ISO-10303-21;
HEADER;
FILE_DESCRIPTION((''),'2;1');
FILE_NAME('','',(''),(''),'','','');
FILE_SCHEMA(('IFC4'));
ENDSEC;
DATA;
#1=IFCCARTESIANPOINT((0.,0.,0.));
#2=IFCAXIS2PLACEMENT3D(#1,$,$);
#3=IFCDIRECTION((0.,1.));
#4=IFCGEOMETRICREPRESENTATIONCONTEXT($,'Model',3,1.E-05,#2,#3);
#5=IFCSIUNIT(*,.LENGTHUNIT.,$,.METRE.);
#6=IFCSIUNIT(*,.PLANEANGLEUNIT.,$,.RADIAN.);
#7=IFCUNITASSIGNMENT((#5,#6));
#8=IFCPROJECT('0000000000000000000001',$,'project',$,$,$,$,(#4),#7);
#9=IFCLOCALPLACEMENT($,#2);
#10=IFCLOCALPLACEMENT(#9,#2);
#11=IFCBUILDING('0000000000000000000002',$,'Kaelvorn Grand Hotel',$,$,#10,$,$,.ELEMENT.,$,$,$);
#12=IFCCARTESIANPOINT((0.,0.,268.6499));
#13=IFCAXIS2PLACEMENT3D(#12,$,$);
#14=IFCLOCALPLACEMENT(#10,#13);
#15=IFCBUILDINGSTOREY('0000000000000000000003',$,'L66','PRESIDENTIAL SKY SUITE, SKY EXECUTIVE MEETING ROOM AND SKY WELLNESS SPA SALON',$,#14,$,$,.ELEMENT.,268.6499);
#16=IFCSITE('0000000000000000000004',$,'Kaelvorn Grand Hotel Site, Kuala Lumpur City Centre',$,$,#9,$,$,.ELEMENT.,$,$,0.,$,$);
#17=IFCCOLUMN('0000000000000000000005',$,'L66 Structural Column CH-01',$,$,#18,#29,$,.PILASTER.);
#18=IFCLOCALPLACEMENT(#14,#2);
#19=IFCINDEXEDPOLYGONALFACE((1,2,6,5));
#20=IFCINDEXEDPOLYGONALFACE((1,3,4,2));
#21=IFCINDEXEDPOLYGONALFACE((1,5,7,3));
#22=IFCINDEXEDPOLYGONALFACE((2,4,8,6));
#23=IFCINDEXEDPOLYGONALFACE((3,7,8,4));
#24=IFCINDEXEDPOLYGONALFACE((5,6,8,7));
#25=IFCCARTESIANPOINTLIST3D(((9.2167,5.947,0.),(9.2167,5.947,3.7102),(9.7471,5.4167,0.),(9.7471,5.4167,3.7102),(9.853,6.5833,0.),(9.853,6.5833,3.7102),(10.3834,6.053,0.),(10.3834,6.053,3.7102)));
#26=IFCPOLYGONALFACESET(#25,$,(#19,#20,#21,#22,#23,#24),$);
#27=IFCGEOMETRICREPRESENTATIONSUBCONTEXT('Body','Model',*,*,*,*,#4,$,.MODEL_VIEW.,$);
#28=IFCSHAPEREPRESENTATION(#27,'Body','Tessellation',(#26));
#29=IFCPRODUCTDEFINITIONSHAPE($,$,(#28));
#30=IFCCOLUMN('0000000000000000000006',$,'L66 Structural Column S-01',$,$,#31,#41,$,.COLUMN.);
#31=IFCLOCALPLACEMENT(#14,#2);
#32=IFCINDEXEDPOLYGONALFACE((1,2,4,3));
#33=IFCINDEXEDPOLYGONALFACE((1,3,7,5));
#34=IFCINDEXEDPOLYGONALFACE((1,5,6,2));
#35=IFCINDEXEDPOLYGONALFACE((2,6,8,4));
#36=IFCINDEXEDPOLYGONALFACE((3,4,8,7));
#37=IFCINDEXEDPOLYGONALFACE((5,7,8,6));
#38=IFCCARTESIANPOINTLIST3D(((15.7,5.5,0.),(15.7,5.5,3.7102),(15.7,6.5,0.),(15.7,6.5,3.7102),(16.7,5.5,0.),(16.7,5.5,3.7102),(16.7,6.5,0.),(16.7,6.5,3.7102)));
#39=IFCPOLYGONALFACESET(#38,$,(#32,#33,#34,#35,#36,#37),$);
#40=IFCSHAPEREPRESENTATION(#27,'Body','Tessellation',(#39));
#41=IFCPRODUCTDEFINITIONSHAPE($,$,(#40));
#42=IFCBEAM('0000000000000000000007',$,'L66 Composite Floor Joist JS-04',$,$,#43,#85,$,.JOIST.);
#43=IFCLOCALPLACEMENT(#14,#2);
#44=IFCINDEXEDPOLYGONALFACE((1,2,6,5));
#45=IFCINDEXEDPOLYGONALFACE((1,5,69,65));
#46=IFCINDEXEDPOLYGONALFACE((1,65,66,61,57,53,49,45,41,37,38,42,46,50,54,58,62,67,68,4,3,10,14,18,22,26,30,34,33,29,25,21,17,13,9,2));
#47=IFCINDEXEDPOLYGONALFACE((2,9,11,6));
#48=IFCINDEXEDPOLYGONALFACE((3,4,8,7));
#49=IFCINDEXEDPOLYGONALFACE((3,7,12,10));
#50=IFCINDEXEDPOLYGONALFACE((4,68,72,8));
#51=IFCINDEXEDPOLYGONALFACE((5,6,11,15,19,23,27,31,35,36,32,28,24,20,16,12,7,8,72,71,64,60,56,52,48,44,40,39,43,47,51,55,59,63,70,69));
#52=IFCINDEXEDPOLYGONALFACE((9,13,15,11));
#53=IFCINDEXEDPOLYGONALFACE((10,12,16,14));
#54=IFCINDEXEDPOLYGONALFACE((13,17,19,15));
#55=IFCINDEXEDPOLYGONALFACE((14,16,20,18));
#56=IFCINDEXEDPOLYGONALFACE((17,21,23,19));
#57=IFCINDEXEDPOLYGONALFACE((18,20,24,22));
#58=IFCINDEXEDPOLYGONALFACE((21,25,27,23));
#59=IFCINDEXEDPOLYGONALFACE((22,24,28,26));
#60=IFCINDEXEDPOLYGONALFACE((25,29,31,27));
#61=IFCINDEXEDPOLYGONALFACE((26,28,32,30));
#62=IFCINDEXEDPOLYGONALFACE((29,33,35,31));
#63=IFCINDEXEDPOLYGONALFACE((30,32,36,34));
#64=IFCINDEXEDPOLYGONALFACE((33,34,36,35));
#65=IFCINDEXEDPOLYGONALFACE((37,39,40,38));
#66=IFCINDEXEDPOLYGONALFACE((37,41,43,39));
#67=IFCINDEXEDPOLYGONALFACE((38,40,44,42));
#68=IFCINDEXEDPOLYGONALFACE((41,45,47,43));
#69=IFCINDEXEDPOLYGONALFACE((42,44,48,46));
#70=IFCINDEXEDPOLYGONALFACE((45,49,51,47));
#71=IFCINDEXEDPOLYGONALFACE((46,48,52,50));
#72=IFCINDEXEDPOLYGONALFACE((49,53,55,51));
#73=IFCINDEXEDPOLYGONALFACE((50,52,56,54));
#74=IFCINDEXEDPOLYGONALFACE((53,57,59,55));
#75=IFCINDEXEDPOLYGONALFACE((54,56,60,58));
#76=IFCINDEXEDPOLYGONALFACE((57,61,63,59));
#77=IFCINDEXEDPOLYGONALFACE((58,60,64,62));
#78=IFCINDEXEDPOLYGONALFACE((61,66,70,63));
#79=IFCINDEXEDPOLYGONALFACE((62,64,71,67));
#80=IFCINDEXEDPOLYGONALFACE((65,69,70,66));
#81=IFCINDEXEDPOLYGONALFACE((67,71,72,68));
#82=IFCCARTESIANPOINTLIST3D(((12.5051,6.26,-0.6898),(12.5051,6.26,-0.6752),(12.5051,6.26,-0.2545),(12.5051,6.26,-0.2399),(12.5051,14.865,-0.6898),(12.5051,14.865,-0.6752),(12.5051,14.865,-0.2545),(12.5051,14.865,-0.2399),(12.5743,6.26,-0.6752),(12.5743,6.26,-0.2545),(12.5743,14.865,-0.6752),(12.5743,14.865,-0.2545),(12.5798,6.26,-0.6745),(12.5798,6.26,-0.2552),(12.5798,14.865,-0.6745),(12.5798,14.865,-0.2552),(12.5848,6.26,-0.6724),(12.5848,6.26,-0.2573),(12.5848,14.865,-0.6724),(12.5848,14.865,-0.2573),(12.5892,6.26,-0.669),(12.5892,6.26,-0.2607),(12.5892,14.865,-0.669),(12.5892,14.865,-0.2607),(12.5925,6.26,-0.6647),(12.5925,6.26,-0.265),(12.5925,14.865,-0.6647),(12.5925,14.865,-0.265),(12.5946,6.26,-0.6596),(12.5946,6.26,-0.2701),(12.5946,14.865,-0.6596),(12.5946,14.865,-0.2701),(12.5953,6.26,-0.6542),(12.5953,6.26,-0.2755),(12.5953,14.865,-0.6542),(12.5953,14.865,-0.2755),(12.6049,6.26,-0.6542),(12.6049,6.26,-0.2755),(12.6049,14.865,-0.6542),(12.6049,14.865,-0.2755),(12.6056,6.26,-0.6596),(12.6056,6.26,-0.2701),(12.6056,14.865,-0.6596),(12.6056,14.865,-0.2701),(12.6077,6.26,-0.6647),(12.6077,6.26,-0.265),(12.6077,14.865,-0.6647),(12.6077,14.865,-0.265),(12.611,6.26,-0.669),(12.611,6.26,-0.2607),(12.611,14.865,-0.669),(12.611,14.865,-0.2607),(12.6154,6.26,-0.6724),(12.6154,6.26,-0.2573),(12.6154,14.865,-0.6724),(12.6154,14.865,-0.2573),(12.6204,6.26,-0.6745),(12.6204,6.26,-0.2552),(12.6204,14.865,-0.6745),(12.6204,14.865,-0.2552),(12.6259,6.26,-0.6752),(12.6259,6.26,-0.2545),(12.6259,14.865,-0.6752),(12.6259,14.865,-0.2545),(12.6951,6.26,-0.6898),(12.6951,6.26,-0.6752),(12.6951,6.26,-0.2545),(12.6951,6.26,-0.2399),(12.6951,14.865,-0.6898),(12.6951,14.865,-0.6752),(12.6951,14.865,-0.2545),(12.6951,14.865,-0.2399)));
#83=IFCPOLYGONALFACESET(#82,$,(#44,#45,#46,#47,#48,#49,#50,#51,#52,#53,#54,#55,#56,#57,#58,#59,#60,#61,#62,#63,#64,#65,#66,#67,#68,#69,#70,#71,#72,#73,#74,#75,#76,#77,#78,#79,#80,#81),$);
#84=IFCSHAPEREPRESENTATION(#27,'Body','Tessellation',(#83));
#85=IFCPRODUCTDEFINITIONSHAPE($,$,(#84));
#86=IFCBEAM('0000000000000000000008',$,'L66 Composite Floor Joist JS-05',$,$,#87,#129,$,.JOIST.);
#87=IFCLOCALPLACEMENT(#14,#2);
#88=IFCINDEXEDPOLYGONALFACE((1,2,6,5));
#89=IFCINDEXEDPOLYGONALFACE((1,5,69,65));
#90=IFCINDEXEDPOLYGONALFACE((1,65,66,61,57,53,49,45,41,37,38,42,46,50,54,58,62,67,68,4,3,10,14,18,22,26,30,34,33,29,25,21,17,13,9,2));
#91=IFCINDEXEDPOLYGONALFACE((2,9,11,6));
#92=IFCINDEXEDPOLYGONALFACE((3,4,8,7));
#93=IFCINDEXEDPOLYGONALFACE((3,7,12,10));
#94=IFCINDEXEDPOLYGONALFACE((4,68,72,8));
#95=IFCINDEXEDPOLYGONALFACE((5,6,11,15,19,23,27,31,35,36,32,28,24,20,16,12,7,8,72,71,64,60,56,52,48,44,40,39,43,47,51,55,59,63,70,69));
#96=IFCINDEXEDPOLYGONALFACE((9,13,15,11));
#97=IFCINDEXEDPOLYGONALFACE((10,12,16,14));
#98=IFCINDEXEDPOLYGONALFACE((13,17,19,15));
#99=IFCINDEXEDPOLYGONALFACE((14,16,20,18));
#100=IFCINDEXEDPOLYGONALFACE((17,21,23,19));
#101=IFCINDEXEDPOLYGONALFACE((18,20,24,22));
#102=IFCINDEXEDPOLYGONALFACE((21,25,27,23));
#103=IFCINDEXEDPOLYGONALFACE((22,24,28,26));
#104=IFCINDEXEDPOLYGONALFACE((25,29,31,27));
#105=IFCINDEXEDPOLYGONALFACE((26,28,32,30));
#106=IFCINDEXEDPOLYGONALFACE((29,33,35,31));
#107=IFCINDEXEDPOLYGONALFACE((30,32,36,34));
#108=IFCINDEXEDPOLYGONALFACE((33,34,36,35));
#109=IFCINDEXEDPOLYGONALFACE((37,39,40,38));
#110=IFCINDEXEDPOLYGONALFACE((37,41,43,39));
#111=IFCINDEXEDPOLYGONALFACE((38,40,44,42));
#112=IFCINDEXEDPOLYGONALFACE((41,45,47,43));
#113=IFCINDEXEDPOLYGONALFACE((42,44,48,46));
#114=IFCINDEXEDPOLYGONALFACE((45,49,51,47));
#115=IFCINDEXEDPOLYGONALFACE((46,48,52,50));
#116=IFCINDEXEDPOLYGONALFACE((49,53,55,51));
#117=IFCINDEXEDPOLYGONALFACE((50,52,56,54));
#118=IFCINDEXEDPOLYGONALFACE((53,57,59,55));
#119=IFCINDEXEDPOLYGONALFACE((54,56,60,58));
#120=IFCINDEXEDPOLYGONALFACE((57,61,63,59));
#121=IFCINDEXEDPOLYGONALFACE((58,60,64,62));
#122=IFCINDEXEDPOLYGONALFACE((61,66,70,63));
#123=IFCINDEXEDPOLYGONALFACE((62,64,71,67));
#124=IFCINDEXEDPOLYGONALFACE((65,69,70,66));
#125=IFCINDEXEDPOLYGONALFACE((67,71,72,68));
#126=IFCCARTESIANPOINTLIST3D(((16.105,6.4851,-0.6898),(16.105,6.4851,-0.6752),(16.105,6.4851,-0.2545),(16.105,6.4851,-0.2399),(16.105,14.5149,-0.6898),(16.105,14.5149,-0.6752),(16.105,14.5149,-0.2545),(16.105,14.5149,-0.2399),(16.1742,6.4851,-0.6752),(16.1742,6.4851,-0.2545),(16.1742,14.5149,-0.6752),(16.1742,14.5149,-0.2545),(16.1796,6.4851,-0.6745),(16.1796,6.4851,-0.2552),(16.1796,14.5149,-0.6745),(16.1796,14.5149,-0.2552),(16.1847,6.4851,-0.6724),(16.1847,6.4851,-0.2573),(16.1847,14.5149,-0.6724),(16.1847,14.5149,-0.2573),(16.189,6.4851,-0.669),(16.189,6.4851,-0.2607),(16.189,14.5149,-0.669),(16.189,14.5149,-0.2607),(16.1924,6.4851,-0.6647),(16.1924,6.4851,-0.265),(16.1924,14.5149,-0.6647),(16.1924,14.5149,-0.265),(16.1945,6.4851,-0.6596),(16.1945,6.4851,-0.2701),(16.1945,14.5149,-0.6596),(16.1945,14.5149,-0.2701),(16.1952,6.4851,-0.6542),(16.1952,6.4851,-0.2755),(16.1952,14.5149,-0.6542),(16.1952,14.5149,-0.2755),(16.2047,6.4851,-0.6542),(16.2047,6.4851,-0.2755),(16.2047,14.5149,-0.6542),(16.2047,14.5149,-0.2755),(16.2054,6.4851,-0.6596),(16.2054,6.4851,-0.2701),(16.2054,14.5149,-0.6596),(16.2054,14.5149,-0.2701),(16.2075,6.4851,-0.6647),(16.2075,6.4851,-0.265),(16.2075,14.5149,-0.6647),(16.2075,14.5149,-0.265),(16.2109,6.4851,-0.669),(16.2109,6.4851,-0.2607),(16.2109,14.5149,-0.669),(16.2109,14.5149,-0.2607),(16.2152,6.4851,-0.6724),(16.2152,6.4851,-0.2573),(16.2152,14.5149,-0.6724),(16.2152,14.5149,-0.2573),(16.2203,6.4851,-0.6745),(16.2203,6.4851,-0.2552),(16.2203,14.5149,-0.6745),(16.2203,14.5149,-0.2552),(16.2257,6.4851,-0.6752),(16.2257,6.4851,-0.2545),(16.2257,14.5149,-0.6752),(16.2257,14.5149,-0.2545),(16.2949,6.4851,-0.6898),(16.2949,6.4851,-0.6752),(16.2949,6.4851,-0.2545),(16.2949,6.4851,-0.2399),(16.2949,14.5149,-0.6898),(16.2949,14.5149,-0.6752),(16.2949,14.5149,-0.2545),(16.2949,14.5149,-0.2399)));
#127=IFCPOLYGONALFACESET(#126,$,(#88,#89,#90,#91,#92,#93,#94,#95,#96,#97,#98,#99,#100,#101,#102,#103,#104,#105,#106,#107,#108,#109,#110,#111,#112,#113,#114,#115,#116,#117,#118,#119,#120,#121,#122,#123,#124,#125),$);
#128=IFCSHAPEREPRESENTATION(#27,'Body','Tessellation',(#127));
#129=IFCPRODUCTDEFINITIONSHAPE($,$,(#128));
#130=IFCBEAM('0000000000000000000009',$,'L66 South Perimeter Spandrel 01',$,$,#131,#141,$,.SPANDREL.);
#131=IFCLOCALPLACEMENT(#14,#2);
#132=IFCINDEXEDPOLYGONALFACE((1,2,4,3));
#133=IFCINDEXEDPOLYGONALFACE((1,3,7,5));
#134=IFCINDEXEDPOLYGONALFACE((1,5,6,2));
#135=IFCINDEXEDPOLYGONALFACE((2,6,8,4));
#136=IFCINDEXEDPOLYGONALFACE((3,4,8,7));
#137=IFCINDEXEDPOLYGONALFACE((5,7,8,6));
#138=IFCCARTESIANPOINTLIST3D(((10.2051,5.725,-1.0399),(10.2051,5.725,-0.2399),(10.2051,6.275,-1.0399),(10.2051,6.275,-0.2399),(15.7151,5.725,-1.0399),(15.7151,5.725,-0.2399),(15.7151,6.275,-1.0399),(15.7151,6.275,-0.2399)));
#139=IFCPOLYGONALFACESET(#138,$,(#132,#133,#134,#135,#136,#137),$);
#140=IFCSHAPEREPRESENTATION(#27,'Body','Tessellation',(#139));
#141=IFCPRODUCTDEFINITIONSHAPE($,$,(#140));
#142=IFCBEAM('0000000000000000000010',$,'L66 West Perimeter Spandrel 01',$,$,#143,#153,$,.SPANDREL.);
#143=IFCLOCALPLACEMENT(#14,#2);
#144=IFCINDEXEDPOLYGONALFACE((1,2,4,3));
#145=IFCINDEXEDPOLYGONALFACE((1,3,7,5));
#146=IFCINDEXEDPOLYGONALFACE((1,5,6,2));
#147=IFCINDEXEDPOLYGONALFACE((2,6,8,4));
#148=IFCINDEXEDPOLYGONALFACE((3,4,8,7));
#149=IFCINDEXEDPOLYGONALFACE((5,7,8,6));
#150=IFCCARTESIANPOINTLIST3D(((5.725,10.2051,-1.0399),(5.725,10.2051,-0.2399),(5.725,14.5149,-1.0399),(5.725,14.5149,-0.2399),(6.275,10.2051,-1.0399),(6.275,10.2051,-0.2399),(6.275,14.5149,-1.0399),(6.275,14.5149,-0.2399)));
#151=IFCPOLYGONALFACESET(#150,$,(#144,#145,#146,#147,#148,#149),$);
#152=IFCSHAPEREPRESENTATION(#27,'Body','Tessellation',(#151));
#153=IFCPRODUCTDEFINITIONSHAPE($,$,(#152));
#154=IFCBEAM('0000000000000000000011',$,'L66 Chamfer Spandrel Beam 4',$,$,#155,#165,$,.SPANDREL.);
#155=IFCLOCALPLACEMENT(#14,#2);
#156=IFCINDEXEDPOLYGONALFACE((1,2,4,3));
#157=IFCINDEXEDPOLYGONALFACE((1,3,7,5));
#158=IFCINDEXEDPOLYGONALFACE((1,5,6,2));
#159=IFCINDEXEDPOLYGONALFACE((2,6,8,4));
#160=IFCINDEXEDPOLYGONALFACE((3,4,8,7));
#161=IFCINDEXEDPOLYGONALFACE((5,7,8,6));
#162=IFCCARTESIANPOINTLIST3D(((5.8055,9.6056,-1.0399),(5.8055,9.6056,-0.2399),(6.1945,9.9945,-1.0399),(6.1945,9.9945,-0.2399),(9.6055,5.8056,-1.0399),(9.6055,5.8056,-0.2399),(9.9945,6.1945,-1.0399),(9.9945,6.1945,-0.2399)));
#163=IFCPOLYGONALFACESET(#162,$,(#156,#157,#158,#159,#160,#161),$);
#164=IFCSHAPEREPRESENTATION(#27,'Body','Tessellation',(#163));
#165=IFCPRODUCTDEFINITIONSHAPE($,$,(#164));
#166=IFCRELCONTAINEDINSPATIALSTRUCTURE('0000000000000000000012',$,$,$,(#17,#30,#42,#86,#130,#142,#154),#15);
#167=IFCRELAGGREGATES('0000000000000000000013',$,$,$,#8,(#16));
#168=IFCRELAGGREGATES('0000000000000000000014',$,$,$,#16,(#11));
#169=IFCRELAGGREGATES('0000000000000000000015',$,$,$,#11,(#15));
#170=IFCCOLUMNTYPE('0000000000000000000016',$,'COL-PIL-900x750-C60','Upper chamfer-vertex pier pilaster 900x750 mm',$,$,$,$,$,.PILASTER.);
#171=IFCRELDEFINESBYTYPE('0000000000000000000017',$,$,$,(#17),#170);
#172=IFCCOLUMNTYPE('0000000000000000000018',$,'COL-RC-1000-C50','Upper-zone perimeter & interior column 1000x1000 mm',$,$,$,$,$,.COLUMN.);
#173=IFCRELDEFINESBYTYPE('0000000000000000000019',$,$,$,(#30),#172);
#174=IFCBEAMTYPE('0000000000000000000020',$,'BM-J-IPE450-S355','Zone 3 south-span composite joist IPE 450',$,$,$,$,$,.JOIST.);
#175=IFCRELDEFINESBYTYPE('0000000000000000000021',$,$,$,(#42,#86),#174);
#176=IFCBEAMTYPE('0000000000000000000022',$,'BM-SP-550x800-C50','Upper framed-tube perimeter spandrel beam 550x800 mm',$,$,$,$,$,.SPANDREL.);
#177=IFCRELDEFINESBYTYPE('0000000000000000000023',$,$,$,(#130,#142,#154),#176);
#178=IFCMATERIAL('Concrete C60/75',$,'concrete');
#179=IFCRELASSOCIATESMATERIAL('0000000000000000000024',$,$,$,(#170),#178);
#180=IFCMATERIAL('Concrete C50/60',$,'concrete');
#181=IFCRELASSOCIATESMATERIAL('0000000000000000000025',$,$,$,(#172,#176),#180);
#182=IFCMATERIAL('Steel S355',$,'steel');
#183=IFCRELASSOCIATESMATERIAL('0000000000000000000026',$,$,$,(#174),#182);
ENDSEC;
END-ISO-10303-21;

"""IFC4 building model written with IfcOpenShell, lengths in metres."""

from ifc_helpers import new_model, si_unit, direction, frame, origin, origin_2d, place, context, subcontext, project, spatial, rectangle, i_section, extrude, material, material_profile, profile_set, type_object, element, save


model = new_model("IFC4")

# Units and contexts
model_context = context("Model", 3, precision=1e-05, world=origin(), true_north=direction((0.0, 1.0)))
body_context = subcontext(model_context, "Body", "Model", "MODEL_VIEW")
ifc_project = project(units=[si_unit("LENGTHUNIT", "METRE"), si_unit("PLANEANGLEUNIT", "RADIAN")], contexts=[model_context])

# Site, building, storey
site_placement = place(None, origin())
site = spatial("IfcSite", under=ifc_project, at=site_placement, Name="Kaelvorn Grand Hotel Site, Kuala Lumpur City Centre", CompositionType="ELEMENT", RefElevation=0.0)
building_placement = place(site_placement, origin())
building = spatial("IfcBuilding", under=site, at=building_placement, Name="Kaelvorn Grand Hotel", CompositionType="ELEMENT")
storey_placement = place(building_placement, frame((0.0, 0.0, 268.6499)))
storey = spatial("IfcBuildingStorey", under=building, at=storey_placement, Name="L66", Description="PRESIDENTIAL SKY SUITE, SKY EXECUTIVE MEETING ROOM AND SKY WELLNESS SPA SALON", CompositionType="ELEMENT", Elevation=268.6499)

# Columns
ifc_material_1 = material(Name="Concrete C60/75", Category="concrete")
ifc_material_profile_1 = material_profile(ifc_material_1, rectangle(XDim=0.8999, YDim=0.75, at=origin_2d()), Name="RC PILASTER 900x750")
ifc_profile_set_1 = profile_set([ifc_material_profile_1], Name="Concrete C60/75")
column_type_1 = type_object("IfcColumnType", Name="COL-PIL-900x750-C60", Description="Upper chamfer-vertex pier pilaster 900x750 mm", PredefinedType="PILASTER", material=ifc_profile_set_1)
column_1_placement = place(storey_placement, frame((9.8, 6.0, 0.0), z_axis=(0.0, 0.0, 1.0), x_axis=(0.707107, 0.707107, 0.0)))
element("IfcColumn", 1, at=column_1_placement, inside=storey, type_object=column_type_1, Name="L66 Structural Column CH-01", PredefinedType="PILASTER", context=body_context, shape_type="SweptSolid", body=[
    extrude(rectangle(XDim=0.8999, YDim=0.75, at=origin_2d()), origin(), (0.0, 0.0, 1.0), 3.7102),
])
ifc_material_2 = material(Name="Concrete C50/60", Category="concrete")
ifc_material_profile_2 = material_profile(ifc_material_2, rectangle(XDim=1.0, YDim=1.0, at=origin_2d()), Name="RC COL 1000x1000")
ifc_profile_set_2 = profile_set([ifc_material_profile_2], Name="Concrete C50/60")
column_type_2 = type_object("IfcColumnType", Name="COL-RC-1000-C50", Description="Upper-zone perimeter & interior column 1000x1000 mm", PredefinedType="COLUMN", material=ifc_profile_set_2)
column_2_placement = place(storey_placement, frame((16.2, 6.0, 0.0), z_axis=(0.0, 0.0, 1.0), x_axis=(1.0, 0.0, 0.0)))
element("IfcColumn", 2, at=column_2_placement, inside=storey, type_object=column_type_2, Name="L66 Structural Column S-01", PredefinedType="COLUMN", context=body_context, shape_type="SweptSolid", body=[
    extrude(rectangle(XDim=1.0, YDim=1.0, at=origin_2d()), origin(), (0.0, 0.0, 1.0), 3.7102),
])

# Beams
ifc_material_3 = material(Name="Steel S355", Category="steel")
ifc_material_profile_3 = material_profile(ifc_material_3, i_section(OverallWidth=0.1899, OverallDepth=0.45, WebThickness=0.0095, FlangeThickness=0.0146, FilletRadius=0.021, at=origin_2d()), Name="IPE 450")
ifc_profile_set_3 = profile_set([ifc_material_profile_3], Name="Steel S355")
beam_type_1 = type_object("IfcBeamType", Name="BM-J-IPE450-S355", Description="Zone 3 south-span composite joist IPE 450", PredefinedType="JOIST", material=ifc_profile_set_3)
beam_1_placement = place(storey_placement, frame((12.6001, 6.26, -0.4648), z_axis=(0.0, 1.0, 0.0), x_axis=(-1.0, 0.0, 0.0)))
element("IfcBeam", 3, at=beam_1_placement, inside=storey, type_object=beam_type_1, Name="L66 Composite Floor Joist JS-04", PredefinedType="JOIST", context=body_context, shape_type="SweptSolid", body=[
    extrude(i_section(OverallWidth=0.1899, OverallDepth=0.45, WebThickness=0.0095, FlangeThickness=0.0146, FilletRadius=0.021, at=origin_2d()), origin(), (0.0, 0.0, 1.0), 8.605),
])
beam_2_placement = place(storey_placement, frame((16.2, 6.4851, -0.4648), z_axis=(0.0, 1.0, 0.0), x_axis=(-1.0, 0.0, 0.0)))
element("IfcBeam", 4, at=beam_2_placement, inside=storey, type_object=beam_type_1, Name="L66 Composite Floor Joist JS-05", PredefinedType="JOIST", context=body_context, shape_type="SweptSolid", body=[
    extrude(i_section(OverallWidth=0.1899, OverallDepth=0.45, WebThickness=0.0095, FlangeThickness=0.0146, FilletRadius=0.021, at=origin_2d()), origin(), (0.0, 0.0, 1.0), 8.0298),
])
ifc_material_profile_4 = material_profile(ifc_material_2, rectangle(XDim=0.55, YDim=0.8, at=origin_2d()), Name="RC SPANDREL 550x800")
ifc_profile_set_4 = profile_set([ifc_material_profile_4], Name="Concrete C50/60")
beam_type_2 = type_object("IfcBeamType", Name="BM-SP-550x800-C50", Description="Upper framed-tube perimeter spandrel beam 550x800 mm", PredefinedType="SPANDREL", material=ifc_profile_set_4)
beam_3_placement = place(storey_placement, frame((10.2051, 6.0, -0.6399), z_axis=(1.0, 0.0, 0.0), x_axis=(0.0, 1.0, 0.0)))
element("IfcBeam", 5, at=beam_3_placement, inside=storey, type_object=beam_type_2, Name="L66 South Perimeter Spandrel 01", PredefinedType="SPANDREL", context=body_context, shape_type="SweptSolid", body=[
    extrude(rectangle(XDim=0.55, YDim=0.8, at=origin_2d()), origin(), (0.0, 0.0, 1.0), 5.51),
])
beam_4_placement = place(storey_placement, frame((6.0, 10.2051, -0.6399), z_axis=(0.0, 1.0, 0.0), x_axis=(-1.0, 0.0, 0.0)))
element("IfcBeam", 6, at=beam_4_placement, inside=storey, type_object=beam_type_2, Name="L66 West Perimeter Spandrel 01", PredefinedType="SPANDREL", context=body_context, shape_type="SweptSolid", body=[
    extrude(rectangle(XDim=0.55, YDim=0.8, at=origin_2d()), origin(), (0.0, 0.0, 1.0), 4.3098),
])
beam_5_placement = place(storey_placement, frame((6.0, 9.8, -0.6399), z_axis=(0.707107, -0.707107, 0.0), x_axis=(0.707107, 0.707107, 0.0)))
element("IfcBeam", 7, at=beam_5_placement, inside=storey, type_object=beam_type_2, Name="L66 Chamfer Spandrel Beam 4", PredefinedType="SPANDREL", context=body_context, shape_type="SweptSolid", body=[
    extrude(rectangle(XDim=0.55, YDim=0.8, at=origin_2d()), origin(), (0.0, 0.0, 1.0), 5.374),
])

save(model, "model.ifc")
